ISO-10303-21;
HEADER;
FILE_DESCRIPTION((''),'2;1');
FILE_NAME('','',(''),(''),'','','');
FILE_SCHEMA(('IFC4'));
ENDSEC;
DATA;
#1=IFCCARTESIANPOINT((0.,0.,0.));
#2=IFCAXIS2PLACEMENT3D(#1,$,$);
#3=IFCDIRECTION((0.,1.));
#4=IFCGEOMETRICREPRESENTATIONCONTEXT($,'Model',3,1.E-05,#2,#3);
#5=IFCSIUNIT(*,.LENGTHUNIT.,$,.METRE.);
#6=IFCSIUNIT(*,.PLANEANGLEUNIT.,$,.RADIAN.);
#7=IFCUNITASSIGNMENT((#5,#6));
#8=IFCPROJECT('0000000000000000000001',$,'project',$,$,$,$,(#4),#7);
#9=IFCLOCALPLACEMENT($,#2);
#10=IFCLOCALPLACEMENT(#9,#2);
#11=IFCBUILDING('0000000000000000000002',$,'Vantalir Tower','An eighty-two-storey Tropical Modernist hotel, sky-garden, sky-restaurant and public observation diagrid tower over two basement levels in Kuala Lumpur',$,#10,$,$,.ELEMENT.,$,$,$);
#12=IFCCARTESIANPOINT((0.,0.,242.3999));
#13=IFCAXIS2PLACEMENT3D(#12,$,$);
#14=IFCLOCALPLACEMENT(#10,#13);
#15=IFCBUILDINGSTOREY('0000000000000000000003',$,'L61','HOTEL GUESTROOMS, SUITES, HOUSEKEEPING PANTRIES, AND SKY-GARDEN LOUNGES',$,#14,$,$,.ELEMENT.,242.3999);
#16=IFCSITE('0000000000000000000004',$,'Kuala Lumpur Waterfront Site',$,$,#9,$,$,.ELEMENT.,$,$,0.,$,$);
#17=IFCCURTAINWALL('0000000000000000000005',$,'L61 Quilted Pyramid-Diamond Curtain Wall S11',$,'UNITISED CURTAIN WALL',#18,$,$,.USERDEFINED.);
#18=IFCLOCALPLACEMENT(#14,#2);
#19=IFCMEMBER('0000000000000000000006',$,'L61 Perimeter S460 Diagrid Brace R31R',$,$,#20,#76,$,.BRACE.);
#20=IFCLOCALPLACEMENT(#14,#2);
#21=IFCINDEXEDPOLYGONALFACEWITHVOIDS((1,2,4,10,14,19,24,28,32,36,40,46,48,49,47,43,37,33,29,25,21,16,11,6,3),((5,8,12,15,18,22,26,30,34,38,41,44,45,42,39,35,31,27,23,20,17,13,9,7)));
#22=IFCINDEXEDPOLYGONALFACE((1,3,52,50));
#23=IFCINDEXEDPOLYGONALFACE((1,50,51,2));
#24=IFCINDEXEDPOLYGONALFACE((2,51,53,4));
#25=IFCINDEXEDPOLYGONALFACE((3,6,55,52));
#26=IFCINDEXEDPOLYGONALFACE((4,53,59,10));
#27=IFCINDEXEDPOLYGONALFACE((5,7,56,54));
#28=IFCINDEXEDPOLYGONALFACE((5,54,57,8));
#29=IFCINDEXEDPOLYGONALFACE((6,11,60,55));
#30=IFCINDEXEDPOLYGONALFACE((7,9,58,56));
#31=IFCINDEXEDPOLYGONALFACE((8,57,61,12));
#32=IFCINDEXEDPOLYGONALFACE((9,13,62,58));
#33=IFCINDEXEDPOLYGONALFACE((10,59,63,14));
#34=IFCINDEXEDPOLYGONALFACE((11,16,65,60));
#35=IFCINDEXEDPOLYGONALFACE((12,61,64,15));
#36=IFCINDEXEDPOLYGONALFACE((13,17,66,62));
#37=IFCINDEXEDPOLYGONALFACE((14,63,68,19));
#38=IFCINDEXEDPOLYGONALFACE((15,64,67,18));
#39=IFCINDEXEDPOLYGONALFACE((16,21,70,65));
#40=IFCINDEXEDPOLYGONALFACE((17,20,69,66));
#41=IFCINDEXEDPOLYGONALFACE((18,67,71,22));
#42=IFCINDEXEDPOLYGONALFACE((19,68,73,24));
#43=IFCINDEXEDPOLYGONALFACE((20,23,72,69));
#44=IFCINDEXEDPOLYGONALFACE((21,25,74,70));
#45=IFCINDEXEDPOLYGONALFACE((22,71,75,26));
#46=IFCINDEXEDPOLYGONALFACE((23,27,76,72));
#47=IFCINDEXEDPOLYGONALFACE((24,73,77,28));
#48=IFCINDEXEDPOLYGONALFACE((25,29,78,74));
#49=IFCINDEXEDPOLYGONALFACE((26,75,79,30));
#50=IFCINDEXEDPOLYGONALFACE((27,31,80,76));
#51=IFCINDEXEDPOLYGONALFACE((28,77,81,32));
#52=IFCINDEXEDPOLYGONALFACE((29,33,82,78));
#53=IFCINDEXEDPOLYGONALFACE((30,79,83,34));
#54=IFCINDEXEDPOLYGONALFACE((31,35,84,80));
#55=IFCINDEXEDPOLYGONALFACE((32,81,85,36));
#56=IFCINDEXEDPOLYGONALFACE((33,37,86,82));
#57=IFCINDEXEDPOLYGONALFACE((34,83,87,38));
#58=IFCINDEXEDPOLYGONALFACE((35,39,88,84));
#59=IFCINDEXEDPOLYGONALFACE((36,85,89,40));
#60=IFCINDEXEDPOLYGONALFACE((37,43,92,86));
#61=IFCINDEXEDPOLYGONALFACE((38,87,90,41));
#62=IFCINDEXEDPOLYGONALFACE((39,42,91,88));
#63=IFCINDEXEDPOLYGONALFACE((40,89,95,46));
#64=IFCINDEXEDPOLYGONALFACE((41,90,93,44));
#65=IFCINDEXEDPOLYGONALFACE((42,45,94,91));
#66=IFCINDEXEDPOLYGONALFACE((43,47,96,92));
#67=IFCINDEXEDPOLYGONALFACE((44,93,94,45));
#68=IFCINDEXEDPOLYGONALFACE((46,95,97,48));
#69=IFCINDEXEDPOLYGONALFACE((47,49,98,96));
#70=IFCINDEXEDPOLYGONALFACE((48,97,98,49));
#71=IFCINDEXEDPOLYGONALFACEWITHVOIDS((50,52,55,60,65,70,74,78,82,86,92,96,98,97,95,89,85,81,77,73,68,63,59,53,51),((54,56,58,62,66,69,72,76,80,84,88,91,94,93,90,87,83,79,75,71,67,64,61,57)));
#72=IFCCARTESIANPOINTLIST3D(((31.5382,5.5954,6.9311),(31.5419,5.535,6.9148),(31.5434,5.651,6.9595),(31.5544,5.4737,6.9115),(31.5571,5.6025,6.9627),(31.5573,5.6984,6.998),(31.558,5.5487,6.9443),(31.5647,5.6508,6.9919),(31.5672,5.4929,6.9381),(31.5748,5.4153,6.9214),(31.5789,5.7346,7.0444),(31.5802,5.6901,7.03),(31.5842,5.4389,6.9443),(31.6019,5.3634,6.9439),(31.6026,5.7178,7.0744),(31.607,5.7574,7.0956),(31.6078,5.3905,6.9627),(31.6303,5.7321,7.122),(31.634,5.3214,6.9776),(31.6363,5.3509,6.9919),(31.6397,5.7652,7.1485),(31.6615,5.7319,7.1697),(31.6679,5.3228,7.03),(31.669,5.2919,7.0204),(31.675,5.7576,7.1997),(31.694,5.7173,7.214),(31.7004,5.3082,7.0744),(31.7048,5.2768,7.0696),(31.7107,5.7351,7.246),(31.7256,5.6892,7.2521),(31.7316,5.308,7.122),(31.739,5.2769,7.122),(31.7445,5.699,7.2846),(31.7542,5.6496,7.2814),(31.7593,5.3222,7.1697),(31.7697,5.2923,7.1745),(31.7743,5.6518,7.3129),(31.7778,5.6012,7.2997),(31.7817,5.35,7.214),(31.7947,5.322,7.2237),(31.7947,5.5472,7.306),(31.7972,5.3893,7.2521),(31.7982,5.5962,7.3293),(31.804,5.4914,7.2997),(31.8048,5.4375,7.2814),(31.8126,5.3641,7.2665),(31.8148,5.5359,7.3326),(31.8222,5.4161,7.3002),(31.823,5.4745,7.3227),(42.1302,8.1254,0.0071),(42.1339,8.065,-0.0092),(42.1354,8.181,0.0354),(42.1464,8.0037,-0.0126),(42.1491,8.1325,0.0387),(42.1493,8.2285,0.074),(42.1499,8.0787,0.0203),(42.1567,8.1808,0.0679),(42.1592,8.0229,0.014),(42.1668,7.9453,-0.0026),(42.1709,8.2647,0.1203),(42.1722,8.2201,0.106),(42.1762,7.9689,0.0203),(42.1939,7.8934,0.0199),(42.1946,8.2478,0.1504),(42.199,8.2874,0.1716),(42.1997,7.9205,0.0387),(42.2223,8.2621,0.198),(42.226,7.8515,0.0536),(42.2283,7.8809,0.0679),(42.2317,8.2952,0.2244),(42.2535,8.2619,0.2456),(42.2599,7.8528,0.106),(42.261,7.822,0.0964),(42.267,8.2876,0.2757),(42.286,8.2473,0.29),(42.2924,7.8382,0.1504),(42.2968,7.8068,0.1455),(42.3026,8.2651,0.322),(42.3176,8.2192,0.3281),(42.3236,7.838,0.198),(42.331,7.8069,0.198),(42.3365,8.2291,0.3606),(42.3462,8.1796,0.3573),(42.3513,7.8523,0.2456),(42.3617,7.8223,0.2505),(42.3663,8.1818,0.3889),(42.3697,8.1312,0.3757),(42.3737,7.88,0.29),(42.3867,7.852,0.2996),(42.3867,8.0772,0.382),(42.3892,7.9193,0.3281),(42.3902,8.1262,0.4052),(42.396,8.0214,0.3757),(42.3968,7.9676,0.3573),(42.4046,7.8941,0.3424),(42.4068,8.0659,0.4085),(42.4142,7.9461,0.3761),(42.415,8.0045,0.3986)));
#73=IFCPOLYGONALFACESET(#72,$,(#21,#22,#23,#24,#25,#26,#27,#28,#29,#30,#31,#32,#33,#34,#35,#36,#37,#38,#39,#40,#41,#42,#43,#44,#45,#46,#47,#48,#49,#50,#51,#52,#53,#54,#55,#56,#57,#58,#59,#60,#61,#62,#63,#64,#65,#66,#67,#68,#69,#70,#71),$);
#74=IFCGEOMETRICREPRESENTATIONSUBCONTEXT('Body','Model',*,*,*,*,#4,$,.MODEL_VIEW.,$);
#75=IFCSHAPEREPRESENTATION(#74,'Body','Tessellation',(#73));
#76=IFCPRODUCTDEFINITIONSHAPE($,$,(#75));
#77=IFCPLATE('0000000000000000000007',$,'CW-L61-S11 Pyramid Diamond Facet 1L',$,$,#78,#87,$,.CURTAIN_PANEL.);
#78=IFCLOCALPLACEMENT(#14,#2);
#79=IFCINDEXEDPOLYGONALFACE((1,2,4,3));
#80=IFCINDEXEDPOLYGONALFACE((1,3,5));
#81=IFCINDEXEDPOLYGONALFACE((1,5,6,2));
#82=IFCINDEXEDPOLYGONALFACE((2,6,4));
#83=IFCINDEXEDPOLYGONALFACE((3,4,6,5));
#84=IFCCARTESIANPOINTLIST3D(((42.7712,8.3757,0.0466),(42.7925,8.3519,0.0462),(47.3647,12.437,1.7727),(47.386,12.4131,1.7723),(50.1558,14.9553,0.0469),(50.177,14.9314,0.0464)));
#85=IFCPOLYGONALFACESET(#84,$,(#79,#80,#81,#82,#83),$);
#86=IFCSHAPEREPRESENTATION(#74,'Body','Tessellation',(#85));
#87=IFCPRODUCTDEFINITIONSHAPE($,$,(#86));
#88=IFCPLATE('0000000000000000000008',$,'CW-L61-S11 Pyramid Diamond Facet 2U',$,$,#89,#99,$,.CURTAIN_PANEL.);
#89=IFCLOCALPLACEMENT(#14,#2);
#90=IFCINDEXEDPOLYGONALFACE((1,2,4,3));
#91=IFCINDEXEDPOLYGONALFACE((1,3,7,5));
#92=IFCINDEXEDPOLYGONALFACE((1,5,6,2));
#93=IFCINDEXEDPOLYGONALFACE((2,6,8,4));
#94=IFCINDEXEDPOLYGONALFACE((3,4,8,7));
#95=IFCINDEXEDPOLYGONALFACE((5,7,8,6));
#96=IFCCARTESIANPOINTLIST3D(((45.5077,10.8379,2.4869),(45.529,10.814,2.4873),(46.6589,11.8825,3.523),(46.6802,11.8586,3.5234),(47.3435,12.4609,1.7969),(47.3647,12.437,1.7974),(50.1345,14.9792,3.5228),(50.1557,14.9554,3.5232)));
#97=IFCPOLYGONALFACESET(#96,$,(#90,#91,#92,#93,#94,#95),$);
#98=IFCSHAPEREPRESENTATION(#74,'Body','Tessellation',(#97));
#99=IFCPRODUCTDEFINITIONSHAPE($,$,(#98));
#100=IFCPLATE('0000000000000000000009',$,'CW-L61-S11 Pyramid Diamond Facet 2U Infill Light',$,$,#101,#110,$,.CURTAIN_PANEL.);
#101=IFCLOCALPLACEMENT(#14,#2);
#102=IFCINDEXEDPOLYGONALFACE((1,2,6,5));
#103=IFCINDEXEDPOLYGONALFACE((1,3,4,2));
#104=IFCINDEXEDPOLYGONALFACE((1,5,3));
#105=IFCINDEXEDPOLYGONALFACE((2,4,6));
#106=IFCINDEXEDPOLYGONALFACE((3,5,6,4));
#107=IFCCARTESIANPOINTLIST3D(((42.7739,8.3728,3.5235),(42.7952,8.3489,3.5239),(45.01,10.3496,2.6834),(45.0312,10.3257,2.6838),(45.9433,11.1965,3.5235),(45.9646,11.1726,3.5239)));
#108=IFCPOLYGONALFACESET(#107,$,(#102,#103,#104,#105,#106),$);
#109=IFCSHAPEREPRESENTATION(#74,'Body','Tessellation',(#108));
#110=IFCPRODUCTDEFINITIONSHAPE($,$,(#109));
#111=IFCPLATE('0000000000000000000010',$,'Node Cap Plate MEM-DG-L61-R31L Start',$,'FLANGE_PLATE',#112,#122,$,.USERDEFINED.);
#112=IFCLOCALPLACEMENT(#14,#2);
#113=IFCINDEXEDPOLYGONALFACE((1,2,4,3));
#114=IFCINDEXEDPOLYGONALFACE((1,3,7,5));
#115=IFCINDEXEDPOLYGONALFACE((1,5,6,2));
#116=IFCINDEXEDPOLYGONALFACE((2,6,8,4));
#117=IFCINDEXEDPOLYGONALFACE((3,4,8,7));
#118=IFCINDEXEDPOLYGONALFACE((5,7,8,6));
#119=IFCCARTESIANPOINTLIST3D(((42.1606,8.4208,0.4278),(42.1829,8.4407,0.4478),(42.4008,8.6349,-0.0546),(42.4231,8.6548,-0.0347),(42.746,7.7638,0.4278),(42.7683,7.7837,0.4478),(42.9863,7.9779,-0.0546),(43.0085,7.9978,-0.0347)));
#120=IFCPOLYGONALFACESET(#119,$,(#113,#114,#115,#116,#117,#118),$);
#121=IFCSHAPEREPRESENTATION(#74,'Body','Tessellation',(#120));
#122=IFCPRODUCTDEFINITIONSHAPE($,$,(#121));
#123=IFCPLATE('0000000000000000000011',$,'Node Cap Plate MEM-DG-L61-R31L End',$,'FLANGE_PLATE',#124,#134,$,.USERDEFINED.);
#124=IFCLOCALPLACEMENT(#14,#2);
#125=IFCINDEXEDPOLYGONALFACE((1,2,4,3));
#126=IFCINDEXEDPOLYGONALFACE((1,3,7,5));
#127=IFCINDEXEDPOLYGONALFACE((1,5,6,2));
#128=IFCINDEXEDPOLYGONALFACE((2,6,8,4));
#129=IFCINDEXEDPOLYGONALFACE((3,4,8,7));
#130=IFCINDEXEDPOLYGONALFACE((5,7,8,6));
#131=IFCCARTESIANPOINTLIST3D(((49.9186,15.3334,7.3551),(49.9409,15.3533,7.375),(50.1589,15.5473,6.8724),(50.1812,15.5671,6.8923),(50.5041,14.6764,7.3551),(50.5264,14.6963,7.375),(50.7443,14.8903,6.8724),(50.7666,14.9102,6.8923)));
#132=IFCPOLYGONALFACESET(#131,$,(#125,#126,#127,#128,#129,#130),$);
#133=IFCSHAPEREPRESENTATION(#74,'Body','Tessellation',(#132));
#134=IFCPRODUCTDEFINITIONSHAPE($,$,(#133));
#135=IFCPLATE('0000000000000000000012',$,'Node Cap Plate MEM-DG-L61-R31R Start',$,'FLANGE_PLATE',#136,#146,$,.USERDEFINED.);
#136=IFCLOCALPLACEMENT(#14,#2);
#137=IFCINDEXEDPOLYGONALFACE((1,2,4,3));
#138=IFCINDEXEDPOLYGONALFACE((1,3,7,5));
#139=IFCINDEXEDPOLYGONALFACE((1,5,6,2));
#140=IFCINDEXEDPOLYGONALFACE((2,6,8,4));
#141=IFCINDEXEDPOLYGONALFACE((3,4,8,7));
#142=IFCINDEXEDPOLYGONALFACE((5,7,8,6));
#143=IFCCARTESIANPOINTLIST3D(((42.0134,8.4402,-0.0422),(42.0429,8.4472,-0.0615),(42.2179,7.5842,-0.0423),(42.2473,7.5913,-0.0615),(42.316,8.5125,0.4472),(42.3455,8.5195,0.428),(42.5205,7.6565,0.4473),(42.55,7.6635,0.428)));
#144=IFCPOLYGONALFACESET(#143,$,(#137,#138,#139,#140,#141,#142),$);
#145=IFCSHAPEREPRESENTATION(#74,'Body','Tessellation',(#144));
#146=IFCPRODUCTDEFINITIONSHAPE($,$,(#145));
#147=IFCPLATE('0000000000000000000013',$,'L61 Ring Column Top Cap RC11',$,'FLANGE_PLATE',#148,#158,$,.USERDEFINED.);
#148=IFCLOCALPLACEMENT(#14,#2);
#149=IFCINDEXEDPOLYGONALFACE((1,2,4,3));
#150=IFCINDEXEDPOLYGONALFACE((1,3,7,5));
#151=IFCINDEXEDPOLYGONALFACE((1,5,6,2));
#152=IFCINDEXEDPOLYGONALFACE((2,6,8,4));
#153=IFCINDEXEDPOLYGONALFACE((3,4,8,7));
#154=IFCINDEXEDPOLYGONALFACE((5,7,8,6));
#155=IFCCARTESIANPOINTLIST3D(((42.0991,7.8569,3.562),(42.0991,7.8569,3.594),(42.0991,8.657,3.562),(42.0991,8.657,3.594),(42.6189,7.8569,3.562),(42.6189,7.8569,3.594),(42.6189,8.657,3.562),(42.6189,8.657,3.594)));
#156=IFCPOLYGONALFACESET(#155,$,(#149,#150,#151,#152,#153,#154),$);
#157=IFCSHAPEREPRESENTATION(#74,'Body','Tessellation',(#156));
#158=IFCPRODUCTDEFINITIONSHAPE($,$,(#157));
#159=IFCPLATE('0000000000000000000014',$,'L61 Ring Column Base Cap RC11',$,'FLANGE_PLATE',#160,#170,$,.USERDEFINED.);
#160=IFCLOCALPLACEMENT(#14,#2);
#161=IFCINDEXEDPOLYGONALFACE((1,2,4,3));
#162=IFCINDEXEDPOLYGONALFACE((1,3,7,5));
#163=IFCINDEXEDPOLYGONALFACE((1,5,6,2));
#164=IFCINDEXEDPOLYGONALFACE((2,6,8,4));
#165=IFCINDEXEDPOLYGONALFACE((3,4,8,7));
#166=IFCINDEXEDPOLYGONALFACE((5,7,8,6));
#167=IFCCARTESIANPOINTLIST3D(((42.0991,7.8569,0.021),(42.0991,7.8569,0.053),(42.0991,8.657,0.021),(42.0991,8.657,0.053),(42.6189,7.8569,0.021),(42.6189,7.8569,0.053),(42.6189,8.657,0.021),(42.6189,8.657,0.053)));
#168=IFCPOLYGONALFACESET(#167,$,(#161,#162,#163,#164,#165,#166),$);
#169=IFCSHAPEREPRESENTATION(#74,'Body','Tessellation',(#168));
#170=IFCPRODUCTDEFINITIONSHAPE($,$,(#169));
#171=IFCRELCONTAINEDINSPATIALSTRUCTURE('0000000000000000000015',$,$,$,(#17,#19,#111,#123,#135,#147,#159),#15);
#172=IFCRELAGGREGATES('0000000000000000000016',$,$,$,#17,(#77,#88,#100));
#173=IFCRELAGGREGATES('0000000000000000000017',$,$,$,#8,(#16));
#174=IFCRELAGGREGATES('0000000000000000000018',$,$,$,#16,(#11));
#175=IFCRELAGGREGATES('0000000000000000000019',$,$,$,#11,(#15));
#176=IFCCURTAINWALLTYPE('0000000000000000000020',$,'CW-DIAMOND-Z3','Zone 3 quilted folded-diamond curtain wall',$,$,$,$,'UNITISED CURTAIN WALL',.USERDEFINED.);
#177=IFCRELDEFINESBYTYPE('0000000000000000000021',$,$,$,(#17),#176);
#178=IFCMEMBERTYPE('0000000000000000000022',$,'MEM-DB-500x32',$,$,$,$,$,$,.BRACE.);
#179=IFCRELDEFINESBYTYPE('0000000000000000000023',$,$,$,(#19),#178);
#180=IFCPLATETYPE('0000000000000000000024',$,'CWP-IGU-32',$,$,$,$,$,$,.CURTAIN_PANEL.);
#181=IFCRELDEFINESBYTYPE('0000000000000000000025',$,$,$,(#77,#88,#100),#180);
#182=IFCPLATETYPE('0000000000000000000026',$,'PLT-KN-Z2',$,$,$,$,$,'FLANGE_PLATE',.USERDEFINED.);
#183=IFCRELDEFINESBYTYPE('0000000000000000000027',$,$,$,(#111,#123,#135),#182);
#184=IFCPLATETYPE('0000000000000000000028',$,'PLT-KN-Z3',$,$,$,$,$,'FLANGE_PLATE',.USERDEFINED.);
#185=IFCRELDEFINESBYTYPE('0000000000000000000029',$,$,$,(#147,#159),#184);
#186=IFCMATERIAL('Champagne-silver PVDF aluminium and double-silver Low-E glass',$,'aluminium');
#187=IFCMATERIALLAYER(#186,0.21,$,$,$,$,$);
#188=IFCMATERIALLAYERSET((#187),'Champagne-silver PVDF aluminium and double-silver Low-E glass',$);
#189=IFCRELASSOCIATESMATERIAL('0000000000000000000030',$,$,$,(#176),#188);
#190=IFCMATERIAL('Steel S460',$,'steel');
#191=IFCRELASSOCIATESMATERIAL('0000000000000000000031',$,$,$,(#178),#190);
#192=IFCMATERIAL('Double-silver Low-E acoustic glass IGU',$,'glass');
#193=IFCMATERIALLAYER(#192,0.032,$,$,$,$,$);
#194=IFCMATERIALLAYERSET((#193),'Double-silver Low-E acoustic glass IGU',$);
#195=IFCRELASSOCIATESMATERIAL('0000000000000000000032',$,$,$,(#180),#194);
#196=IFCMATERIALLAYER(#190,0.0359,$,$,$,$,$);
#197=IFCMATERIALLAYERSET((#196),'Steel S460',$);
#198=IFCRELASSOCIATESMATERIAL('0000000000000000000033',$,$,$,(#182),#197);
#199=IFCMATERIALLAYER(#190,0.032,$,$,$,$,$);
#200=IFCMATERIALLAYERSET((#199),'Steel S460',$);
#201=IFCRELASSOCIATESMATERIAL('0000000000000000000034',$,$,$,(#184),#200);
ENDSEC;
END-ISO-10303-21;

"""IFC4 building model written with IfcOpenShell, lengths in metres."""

from ifc_helpers import new_model, si_unit, direction, frame, origin, origin_2d, place, context, subcontext, project, spatial, polyline, hollow_circle, outline, extrude, material, layer, layer_set, material_profile, profile_set, type_object, element, aggregate, save


model = new_model("IFC4")

# Units and contexts
model_context = context("Model", 3, precision=1e-05, world=origin(), true_north=direction((0.0, 1.0)))
body_context = subcontext(model_context, "Body", "Model", "MODEL_VIEW")
ifc_project = project(units=[si_unit("LENGTHUNIT", "METRE"), si_unit("PLANEANGLEUNIT", "RADIAN")], contexts=[model_context])

# Site, building, storey
site_placement = place(None, origin())
site = spatial("IfcSite", under=ifc_project, at=site_placement, Name="Kuala Lumpur Waterfront Site", CompositionType="ELEMENT", RefElevation=0.0)
building_placement = place(site_placement, origin())
building = spatial("IfcBuilding", under=site, at=building_placement, Name="Vantalir Tower", Description="An eighty-two-storey Tropical Modernist hotel, sky-garden, sky-restaurant and public observation diagrid tower over two basement levels in Kuala Lumpur", CompositionType="ELEMENT")
storey_placement = place(building_placement, frame((0.0, 0.0, 242.3999)))
storey = spatial("IfcBuildingStorey", under=building, at=storey_placement, Name="L61", Description="HOTEL GUESTROOMS, SUITES, HOUSEKEEPING PANTRIES, AND SKY-GARDEN LOUNGES", CompositionType="ELEMENT", Elevation=242.3999)

# Shared definitions
ifc_material_1 = material(Name="Steel S460", Category="steel")

# Shared definitions
ifc_material_2 = material(Name="Champagne-silver PVDF aluminium and double-silver Low-E glass", Category="aluminium")
ifc_layer_1 = layer(ifc_material_2, 0.21)
ifc_layer_set_1 = layer_set([ifc_layer_1], Name="Champagne-silver PVDF aluminium and double-silver Low-E glass")
curtain_wall_type = type_object("IfcCurtainWallType", Name="CW-DIAMOND-Z3", Description="Zone 3 quilted folded-diamond curtain wall", ElementType="UNITISED CURTAIN WALL", PredefinedType="USERDEFINED", material=ifc_layer_set_1)

# Curtain wall
curtain_wall_1_placement = place(storey_placement, origin())
curtain_wall_1 = element("IfcCurtainWall", 1, at=curtain_wall_1_placement, inside=storey, type_object=curtain_wall_type, Name="L61 Quilted Pyramid-Diamond Curtain Wall S11", ObjectType="UNITISED CURTAIN WALL", PredefinedType="USERDEFINED")

# Member
ifc_material_profile_1 = material_profile(ifc_material_1, hollow_circle(Radius=0.25, WallThickness=0.032, at=origin_2d()), Name="Steel S460")
ifc_profile_set_1 = profile_set([ifc_material_profile_1], Name="Steel S460")
member_type_1 = type_object("IfcMemberType", Name="MEM-DB-500x32", PredefinedType="BRACE", material=ifc_profile_set_1)
member_1_placement = place(storey_placement, frame((42.2729, 8.05, 0.198), z_axis=(-0.82078, -0.196053, 0.536548), x_axis=(0.232326, -0.972638, 0.0)))
element("IfcMember", 2, at=member_1_placement, inside=storey, type_object=member_type_1, Name="L61 Perimeter S460 Diagrid Brace R31R", PredefinedType="BRACE", context=body_context, shape_type="SweptSolid", body=[
    extrude(hollow_circle(Radius=0.25, WallThickness=0.032, at=origin_2d()), origin(), (0.0, 0.0, 1.0), 12.9048),
])

# Plates
ifc_material_3 = material(Name="Double-silver Low-E acoustic glass IGU", Category="glass")
ifc_layer_2 = layer(ifc_material_3, 0.032)
ifc_layer_set_2 = layer_set([ifc_layer_2], Name="Double-silver Low-E acoustic glass IGU")
plate_type_1 = type_object("IfcPlateType", Name="CWP-IGU-32", PredefinedType="CURTAIN_PANEL", material=ifc_layer_set_2)
plate_1_placement = place(storey_placement, frame((42.7712, 8.3757, 0.0466), z_axis=(-0.665181, 0.746557, 0.013635), x_axis=(0.746627, 0.665243, 0.000025)))
plate_1 = element("IfcPlate", 3, at=plate_1_placement, type_object=plate_type_1, Name="CW-L61-S11 Pyramid Diamond Facet 1L", PredefinedType="CURTAIN_PANEL", context=body_context, shape_type="SweptSolid", body=[
    extrude(outline(polyline([(0.0, 0.0), (9.8905, 0.0), (6.1314, -1.7261), (0.0, 0.0)])), origin(), (0.0, 0.0, -1.0), 0.032),
])
plate_2_placement = place(storey_placement, frame((46.6802, 11.8586, 3.5234), z_axis=(0.665182, -0.746556, 0.013661), x_axis=(0.746626, 0.665244, -0.000053)))
plate_2 = element("IfcPlate", 4, at=plate_2_placement, type_object=plate_type_1, Name="CW-L61-S11 Pyramid Diamond Facet 2U", PredefinedType="CURTAIN_PANEL", context=body_context, shape_type="SweptSolid", body=[
    extrude(outline(polyline([(0.0, 0.0), (4.655, 0.0), (0.896, -1.7262), (-1.5544, -1.0363), (0.0, 0.0)])), origin(), (0.0, 0.0, -1.0), 0.032),
])
plate_3_placement = place(storey_placement, frame((42.7952, 8.3489, 3.5239), z_axis=(0.665151, -0.746584, 0.013667), x_axis=(0.746654, 0.665213, 0.0)))
plate_3 = element("IfcPlate", 5, at=plate_3_placement, type_object=plate_type_1, Name="CW-L61-S11 Pyramid Diamond Facet 2U Infill Light", PredefinedType="CURTAIN_PANEL", context=body_context, shape_type="SweptSolid", body=[
    extrude(outline(polyline([(0.0, 0.0), (4.2449, 0.0), (2.9846, -0.8402), (0.0, 0.0)])), origin(), (0.0, 0.0, -1.0), 0.032),
])
aggregate(curtain_wall_1, [plate_1, plate_2, plate_3])

# Plates
ifc_layer_3 = layer(ifc_material_1, 0.0359)
ifc_layer_set_3 = layer_set([ifc_layer_3], Name="Steel S460")
plate_type_2 = type_object("IfcPlateType", Name="PLT-KN-Z2", ElementType="FLANGE_PLATE", PredefinedType="USERDEFINED", material=ifc_layer_set_3)
plate_4_placement = place(storey_placement, frame((43.0085, 7.9978, -0.0347), z_axis=(0.621083, 0.553458, 0.554923), x_axis=(-0.665293, 0.746582, 0.0)))
element("IfcPlate", 6, at=plate_4_placement, inside=storey, type_object=plate_type_2, Name="Node Cap Plate MEM-DG-L61-R31L Start", ObjectType="FLANGE_PLATE", PredefinedType="USERDEFINED", context=body_context, shape_type="SweptSolid", body=[
    extrude(outline(polyline([(0.0, 0.0), (0.88, 0.0), (0.88, 0.5799), (0.0, 0.5799), (0.0, 0.0)])), origin(), (0.0, 0.0, -1.0), 0.0359),
])
plate_5_placement = place(storey_placement, frame((50.7666, 14.9102, 6.8923), z_axis=(0.621276, 0.553631, 0.554535), x_axis=(-0.665293, 0.746582, 0.0)))
element("IfcPlate", 7, at=plate_5_placement, inside=storey, type_object=plate_type_2, Name="Node Cap Plate MEM-DG-L61-R31L End", ObjectType="FLANGE_PLATE", PredefinedType="USERDEFINED", context=body_context, shape_type="SweptSolid", body=[
    extrude(outline(polyline([(0.0, 0.0), (0.88, 0.0), (0.8801, 0.58), (0.0002, 0.58), (0.0, 0.0)])), origin(), (0.0, 0.0, -1.0), 0.0359),
])
plate_6_placement = place(storey_placement, frame((42.0134, 8.4402, -0.0422), z_axis=(-0.820863, -0.196085, 0.536409), x_axis=(0.232302, -0.972644, -0.000061)))
element("IfcPlate", 8, at=plate_6_placement, inside=storey, type_object=plate_type_2, Name="Node Cap Plate MEM-DG-L61-R31R Start", ObjectType="FLANGE_PLATE", PredefinedType="USERDEFINED", context=body_context, shape_type="SweptSolid", body=[
    extrude(outline(polyline([(0.0, 0.0), (0.88, 0.0), (0.88, 0.5801), (0.0, 0.5799), (0.0, 0.0)])), origin(), (0.0, 0.0, -1.0), 0.0359),
])
ifc_layer_4 = layer(ifc_material_1, 0.032)
ifc_layer_set_4 = layer_set([ifc_layer_4], Name="Steel S460")
plate_type_3 = type_object("IfcPlateType", Name="PLT-KN-Z3", ElementType="FLANGE_PLATE", PredefinedType="USERDEFINED", material=ifc_layer_set_4)
for number, where, z_axis, x_axis, name in (
    (9, (42.0991, 8.657, 3.594), (0.0, 0.0, 1.0), (0.0, -1.0, 0.0), "L61 Ring Column Top Cap RC11"),
    (10, (42.0991, 8.657, 0.053), (0.0, 0.0, 1.0), (0.0, -1.0, 0.0), "L61 Ring Column Base Cap RC11"),
):
    element("IfcPlate", number, at=place(storey_placement, frame(where, z_axis=z_axis, x_axis=x_axis)), inside=storey, type_object=plate_type_3, Name=name, ObjectType="FLANGE_PLATE", PredefinedType="USERDEFINED", context=body_context, shape_type="SweptSolid", body=[
        extrude(outline(polyline([(0.0, 0.0), (0.8, 0.0), (0.8, 0.5198), (0.0, 0.5198), (0.0, 0.0)])), origin(), (0.0, 0.0, -1.0), 0.032),
    ])

save(model, "model.ifc")
